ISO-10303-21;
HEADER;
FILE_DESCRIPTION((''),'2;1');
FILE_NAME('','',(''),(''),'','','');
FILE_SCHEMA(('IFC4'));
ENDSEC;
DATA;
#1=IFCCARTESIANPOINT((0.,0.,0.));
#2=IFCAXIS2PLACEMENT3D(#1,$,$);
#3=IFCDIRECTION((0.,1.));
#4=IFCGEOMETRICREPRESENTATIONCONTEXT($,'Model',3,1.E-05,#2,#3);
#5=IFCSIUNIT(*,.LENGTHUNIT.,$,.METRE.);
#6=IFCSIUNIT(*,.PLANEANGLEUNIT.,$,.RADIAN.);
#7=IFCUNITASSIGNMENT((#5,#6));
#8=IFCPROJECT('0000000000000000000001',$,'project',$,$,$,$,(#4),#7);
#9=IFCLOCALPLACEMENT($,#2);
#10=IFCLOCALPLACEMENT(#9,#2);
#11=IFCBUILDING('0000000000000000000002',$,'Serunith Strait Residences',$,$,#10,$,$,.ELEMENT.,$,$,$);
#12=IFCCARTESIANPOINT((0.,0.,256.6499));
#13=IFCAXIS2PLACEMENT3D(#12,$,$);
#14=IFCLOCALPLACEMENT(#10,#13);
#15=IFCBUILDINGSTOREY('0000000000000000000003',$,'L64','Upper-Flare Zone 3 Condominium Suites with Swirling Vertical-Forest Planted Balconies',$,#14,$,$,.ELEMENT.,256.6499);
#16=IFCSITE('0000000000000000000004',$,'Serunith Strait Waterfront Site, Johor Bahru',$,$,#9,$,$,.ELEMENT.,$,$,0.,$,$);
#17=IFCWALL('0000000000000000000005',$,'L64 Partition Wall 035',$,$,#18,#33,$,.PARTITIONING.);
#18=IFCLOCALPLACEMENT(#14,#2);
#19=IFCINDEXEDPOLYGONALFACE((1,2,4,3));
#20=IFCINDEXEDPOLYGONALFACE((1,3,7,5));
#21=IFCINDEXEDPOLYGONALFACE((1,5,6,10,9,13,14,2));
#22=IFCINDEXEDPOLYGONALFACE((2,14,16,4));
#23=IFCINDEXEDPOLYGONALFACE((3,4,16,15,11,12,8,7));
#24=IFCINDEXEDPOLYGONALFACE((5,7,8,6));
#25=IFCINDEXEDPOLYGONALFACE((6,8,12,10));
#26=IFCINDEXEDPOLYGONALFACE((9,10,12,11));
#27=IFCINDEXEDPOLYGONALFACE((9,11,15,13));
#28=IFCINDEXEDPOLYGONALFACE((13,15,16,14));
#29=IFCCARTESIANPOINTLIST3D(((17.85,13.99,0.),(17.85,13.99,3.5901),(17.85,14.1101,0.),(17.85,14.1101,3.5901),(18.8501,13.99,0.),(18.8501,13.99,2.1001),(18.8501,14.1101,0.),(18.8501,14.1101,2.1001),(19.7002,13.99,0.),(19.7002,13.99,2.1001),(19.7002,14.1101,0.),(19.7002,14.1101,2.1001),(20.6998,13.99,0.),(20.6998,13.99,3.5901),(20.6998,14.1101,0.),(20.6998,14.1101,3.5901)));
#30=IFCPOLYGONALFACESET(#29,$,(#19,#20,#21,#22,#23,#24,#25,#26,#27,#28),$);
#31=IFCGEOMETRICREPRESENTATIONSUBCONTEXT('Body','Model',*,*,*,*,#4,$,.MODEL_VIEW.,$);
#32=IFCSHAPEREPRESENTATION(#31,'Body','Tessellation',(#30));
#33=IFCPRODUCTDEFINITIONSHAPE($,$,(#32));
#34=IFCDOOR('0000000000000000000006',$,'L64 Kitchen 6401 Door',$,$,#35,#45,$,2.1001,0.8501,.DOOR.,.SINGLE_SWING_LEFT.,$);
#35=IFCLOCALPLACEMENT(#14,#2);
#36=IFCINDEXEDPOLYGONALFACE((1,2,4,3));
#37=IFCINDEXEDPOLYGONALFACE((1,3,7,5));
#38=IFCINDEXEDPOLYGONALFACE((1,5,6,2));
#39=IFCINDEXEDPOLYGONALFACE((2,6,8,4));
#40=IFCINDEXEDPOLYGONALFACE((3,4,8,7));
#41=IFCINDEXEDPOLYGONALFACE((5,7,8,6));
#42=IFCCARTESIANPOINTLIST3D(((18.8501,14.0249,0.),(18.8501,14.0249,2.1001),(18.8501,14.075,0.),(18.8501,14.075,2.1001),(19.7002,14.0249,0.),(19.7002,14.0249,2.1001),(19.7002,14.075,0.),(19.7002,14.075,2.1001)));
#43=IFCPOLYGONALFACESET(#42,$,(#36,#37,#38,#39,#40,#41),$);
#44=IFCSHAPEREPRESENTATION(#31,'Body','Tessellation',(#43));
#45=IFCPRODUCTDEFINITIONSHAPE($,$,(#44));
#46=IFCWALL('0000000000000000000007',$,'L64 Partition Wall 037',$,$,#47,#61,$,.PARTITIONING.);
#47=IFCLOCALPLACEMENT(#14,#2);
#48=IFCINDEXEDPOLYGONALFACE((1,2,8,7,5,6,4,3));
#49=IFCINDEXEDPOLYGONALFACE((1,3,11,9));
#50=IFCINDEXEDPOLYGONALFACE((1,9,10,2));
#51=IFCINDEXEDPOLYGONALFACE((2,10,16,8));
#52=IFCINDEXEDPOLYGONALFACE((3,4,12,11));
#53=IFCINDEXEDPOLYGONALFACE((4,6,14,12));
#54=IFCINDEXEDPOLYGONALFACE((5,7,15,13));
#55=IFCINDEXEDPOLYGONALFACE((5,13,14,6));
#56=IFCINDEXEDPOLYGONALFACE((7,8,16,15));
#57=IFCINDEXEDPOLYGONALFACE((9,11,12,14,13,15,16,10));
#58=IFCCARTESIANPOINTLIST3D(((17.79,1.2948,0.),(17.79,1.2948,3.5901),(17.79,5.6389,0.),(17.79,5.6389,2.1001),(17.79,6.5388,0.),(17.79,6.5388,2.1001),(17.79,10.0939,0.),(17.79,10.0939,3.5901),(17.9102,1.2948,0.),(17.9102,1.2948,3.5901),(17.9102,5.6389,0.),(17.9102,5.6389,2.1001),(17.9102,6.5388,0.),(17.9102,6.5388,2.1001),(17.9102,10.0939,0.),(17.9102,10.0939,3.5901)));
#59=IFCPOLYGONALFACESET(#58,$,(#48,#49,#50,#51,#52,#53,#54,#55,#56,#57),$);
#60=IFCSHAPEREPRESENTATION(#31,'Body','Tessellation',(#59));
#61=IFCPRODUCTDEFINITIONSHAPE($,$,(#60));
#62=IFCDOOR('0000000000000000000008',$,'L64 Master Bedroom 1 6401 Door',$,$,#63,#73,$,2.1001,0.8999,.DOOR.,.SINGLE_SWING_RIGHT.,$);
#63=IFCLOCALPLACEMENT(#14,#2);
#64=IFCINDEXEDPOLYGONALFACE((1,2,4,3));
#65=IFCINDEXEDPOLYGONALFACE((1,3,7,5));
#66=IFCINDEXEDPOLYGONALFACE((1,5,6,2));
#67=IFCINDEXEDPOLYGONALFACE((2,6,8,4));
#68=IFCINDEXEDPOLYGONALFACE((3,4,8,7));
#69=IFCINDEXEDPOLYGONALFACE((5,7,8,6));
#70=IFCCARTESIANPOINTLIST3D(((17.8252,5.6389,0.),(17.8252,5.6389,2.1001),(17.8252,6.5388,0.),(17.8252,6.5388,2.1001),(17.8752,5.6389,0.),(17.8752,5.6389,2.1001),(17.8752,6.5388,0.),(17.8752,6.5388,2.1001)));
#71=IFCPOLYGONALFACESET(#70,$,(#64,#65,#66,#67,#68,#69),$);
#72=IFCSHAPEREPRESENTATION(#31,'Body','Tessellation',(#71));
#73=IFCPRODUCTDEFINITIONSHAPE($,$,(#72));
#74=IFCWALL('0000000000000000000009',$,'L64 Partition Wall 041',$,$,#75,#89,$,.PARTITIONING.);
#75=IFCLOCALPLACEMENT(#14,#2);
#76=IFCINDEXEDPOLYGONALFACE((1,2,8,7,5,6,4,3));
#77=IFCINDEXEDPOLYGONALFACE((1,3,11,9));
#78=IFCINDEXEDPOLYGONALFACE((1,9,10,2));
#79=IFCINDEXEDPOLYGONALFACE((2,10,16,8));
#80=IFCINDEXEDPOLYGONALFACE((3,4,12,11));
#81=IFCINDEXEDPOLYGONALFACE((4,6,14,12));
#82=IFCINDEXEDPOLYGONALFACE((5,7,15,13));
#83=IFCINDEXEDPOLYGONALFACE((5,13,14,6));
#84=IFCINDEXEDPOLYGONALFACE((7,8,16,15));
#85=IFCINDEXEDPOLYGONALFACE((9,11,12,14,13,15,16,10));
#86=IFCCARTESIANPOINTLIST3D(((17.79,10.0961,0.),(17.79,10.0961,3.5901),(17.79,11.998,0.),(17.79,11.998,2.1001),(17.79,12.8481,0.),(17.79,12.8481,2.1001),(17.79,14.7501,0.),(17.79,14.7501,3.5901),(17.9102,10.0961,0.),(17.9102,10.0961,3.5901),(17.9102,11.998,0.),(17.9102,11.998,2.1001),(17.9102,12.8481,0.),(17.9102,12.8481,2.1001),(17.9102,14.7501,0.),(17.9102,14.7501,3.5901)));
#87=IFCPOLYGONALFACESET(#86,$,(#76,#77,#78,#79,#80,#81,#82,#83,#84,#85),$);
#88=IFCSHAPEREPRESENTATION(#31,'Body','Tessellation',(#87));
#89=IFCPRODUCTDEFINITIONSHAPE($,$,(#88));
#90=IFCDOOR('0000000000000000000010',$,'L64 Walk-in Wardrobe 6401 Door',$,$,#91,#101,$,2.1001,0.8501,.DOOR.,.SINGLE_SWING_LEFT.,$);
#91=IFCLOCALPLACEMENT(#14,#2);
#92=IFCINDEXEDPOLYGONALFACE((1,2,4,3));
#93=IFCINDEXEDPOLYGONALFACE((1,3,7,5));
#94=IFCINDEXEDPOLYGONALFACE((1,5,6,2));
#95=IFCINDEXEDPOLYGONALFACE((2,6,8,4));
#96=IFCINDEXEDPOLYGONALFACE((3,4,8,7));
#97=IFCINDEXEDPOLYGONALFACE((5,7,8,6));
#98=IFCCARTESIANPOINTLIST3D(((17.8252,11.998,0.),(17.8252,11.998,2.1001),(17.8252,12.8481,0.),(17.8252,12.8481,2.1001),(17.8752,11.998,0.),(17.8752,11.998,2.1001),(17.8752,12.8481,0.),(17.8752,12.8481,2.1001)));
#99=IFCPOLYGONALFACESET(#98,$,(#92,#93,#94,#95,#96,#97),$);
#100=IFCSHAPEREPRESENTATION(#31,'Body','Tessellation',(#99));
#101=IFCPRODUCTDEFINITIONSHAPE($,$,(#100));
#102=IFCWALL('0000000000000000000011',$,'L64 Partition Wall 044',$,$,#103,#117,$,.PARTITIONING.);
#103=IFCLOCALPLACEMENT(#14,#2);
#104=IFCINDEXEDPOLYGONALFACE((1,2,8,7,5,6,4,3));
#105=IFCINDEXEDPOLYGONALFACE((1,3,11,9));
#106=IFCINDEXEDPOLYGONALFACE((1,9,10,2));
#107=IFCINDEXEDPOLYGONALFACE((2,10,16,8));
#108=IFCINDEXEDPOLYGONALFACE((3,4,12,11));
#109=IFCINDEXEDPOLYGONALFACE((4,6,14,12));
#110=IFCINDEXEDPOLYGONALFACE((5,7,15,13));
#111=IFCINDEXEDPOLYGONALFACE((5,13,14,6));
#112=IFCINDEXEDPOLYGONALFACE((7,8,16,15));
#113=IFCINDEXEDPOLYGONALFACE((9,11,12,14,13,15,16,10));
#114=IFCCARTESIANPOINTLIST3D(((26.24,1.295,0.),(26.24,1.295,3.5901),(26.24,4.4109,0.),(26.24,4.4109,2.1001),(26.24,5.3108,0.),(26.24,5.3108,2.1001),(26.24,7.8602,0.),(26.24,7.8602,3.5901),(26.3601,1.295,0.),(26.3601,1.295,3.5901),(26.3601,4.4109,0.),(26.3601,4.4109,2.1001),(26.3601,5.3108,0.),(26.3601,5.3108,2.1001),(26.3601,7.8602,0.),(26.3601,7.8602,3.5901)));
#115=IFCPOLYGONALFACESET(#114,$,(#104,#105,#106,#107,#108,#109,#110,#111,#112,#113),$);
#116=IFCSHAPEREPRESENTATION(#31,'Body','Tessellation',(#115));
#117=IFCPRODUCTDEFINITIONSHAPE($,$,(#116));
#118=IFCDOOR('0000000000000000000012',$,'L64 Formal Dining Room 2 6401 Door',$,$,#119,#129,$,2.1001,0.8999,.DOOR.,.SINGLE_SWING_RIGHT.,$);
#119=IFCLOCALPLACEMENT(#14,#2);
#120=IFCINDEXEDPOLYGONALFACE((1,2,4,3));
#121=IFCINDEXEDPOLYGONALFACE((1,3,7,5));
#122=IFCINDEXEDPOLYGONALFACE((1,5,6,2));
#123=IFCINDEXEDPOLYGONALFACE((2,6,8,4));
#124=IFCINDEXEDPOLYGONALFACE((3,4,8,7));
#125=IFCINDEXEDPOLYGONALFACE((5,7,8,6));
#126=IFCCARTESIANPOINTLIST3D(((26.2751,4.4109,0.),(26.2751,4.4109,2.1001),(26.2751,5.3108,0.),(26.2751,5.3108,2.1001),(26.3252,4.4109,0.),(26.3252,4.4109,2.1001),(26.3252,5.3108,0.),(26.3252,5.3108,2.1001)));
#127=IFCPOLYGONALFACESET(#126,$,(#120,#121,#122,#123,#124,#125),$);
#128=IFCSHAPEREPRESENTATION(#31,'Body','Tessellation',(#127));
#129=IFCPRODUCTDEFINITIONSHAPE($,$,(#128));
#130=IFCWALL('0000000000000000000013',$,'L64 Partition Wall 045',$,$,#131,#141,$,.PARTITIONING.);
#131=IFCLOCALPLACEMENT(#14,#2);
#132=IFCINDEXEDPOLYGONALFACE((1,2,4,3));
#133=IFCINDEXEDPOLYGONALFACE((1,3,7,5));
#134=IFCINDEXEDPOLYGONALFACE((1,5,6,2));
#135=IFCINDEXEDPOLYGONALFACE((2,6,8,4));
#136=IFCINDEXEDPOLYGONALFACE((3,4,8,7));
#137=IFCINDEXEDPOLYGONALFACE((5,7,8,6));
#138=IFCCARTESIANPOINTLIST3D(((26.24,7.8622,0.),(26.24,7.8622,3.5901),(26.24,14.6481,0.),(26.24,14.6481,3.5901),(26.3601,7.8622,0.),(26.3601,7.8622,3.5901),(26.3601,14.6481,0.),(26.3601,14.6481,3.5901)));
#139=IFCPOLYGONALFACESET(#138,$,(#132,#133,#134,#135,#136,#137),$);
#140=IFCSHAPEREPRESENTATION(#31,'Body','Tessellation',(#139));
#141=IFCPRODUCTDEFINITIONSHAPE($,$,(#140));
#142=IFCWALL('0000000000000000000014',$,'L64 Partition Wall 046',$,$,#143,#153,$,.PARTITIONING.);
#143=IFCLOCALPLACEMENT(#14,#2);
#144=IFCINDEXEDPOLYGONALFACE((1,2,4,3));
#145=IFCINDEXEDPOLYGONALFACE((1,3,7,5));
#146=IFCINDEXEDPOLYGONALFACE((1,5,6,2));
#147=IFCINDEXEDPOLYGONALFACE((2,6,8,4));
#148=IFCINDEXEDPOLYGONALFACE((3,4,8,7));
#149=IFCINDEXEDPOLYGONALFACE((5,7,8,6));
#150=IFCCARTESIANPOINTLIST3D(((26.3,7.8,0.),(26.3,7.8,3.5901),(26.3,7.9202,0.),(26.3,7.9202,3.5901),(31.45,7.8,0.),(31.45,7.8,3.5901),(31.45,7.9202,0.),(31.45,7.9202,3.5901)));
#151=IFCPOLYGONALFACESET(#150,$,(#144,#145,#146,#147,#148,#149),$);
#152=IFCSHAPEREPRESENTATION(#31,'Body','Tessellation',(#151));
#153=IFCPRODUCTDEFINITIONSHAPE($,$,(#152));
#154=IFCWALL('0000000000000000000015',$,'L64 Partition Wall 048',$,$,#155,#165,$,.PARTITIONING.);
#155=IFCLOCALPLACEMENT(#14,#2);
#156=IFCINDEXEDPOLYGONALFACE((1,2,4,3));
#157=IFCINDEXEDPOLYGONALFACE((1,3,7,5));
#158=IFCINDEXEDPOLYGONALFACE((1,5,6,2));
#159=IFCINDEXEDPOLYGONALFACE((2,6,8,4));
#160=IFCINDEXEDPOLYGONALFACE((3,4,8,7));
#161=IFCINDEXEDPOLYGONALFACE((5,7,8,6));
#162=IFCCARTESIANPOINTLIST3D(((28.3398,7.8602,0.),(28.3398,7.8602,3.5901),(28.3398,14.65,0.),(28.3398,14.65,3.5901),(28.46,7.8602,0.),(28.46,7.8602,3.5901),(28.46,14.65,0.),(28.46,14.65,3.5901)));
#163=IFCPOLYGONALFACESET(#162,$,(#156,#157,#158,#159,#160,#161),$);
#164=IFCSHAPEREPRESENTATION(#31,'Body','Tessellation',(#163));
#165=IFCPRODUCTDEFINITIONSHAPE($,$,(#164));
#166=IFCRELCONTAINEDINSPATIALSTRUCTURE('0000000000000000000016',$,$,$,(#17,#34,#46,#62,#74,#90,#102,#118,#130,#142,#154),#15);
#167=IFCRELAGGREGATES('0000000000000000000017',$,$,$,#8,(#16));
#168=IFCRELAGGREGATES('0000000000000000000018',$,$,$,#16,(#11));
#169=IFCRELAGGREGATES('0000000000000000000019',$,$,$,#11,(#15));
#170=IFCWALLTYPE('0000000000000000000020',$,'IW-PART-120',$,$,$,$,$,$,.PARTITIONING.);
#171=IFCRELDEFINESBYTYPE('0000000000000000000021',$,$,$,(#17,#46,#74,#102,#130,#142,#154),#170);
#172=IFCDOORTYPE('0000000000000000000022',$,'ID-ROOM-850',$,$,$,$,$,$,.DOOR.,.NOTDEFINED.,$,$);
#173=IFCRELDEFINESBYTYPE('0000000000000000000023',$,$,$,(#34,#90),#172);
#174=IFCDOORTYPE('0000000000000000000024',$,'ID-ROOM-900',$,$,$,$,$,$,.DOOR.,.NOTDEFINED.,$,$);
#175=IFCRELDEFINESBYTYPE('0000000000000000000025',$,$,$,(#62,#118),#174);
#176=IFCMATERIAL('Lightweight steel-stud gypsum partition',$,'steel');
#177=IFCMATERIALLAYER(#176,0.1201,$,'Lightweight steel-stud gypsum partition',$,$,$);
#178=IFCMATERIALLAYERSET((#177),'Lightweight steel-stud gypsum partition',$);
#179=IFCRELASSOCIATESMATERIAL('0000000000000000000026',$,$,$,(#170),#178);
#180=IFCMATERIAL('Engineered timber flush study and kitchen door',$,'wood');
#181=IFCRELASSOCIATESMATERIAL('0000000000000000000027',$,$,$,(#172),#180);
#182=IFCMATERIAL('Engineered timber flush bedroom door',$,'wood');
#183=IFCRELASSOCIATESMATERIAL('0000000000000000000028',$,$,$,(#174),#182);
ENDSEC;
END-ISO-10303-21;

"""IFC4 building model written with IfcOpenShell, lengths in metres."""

from ifc_helpers import new_model, si_unit, direction, frame, frame_2d, origin, place, context, subcontext, project, spatial, rectangle, extrude, source, transform, mapped, material, layer, layer_set, type_object, element, fill, save


model = new_model("IFC4")

# Units and contexts
model_context = context("Model", 3, precision=1e-05, world=origin(), true_north=direction((0.0, 1.0)))
body_context = subcontext(model_context, "Body", "Model", "MODEL_VIEW")
ifc_project = project(units=[si_unit("LENGTHUNIT", "METRE"), si_unit("PLANEANGLEUNIT", "RADIAN")], contexts=[model_context])

# Site, building, storey
site_placement = place(None, origin())
site = spatial("IfcSite", under=ifc_project, at=site_placement, Name="Serunith Strait Waterfront Site, Johor Bahru", CompositionType="ELEMENT", RefElevation=0.0)
building_placement = place(site_placement, origin())
building = spatial("IfcBuilding", under=site, at=building_placement, Name="Serunith Strait Residences", CompositionType="ELEMENT")
storey_placement = place(building_placement, frame((0.0, 0.0, 256.6499)))
storey = spatial("IfcBuildingStorey", under=building, at=storey_placement, Name="L64", Description="Upper-Flare Zone 3 Condominium Suites with Swirling Vertical-Forest Planted Balconies", CompositionType="ELEMENT", Elevation=256.6499)

# Walls, openings, doors
ifc_material_1 = material(Name="Lightweight steel-stud gypsum partition", Category="steel")
ifc_layer_1 = layer(ifc_material_1, 0.1201, Name="Lightweight steel-stud gypsum partition")
ifc_layer_set_1 = layer_set([ifc_layer_1], Name="Lightweight steel-stud gypsum partition")
wall_type = type_object("IfcWallType", Name="IW-PART-120", PredefinedType="PARTITIONING", material=ifc_layer_set_1)
wall_1_placement = place(storey_placement, frame((17.8501, 14.05, 0.0), z_axis=(0.0, 0.0, 1.0), x_axis=(1.0, 0.0, 0.0)))
wall_1 = element("IfcWall", 1, at=wall_1_placement, inside=storey, type_object=wall_type, Name="L64 Partition Wall 035", PredefinedType="PARTITIONING", context=body_context, shape_type="SweptSolid", body=[
    extrude(rectangle(XDim=2.8499, YDim=0.1201, at=frame_2d((1.4248, 0.0))), origin(), (0.0, 0.0, 1.0), 3.5901),
])
opening_1_placement = place(wall_1_placement, frame((1.0, 0.0, 0.0)))
opening_1 = element("IfcOpeningElement", 2, at=opening_1_placement, cuts=wall_1, PredefinedType="OPENING", context=body_context, shape_type="SweptSolid", body=[
    extrude(rectangle(XDim=0.8501, YDim=2.1001, at=frame_2d((0.425, 1.05))), frame((0.0, 0.0701, 0.0), z_axis=(0.0, -1.0, 0.0), x_axis=(1.0, 0.0, 0.0)), (0.0, 0.0, 1.0), 0.1401),
])
ifc_material_2 = material(Name="Engineered timber flush study and kitchen door", Category="wood")
door_type_1 = type_object("IfcDoorType", Name="ID-ROOM-850", OperationType="NOTDEFINED", PredefinedType="DOOR", material=ifc_material_2)
shared_shape_1 = source(origin(), body_context, "Body", "SweptSolid", [
    extrude(rectangle(XDim=0.8501, YDim=2.1001, at=frame_2d((0.425, 1.05))), frame((0.0, 0.0249, 0.0), z_axis=(0.0, -1.0, 0.0), x_axis=(1.0, 0.0, 0.0)), (0.0, 0.0, 1.0), 0.05),
])
door_1_placement = place(opening_1_placement, origin())
door_1 = element("IfcDoor", 3, at=door_1_placement, inside=storey, type_object=door_type_1, Name="L64 Kitchen 6401 Door", OperationType="SINGLE_SWING_LEFT", OverallHeight=2.1001, OverallWidth=0.8501, PredefinedType="DOOR", context=body_context, shape_type="MappedRepresentation", body=[
    mapped(shared_shape_1, transform((0.0, 0.0, 0.0), scale=1.0)),
])
fill(opening_1, door_1)
wall_2_placement = place(storey_placement, frame((17.8501, 1.2949, 0.0), z_axis=(0.0, 0.0, 1.0), x_axis=(0.0, 1.0, 0.0)))
wall_2 = element("IfcWall", 4, at=wall_2_placement, inside=storey, type_object=wall_type, Name="L64 Partition Wall 037", PredefinedType="PARTITIONING", context=body_context, shape_type="SweptSolid", body=[
    extrude(rectangle(XDim=8.7991, YDim=0.1201, at=frame_2d((4.3994, 0.0))), origin(), (0.0, 0.0, 1.0), 3.5901),
])
opening_2_placement = place(wall_2_placement, frame((4.344, 0.0, 0.0)))
opening_2 = element("IfcOpeningElement", 5, at=opening_2_placement, cuts=wall_2, PredefinedType="OPENING", context=body_context, shape_type="SweptSolid", body=[
    extrude(rectangle(XDim=0.8999, YDim=2.1001, at=frame_2d((0.45, 1.05))), frame((0.0, 0.0701, 0.0), z_axis=(0.0, -1.0, 0.0), x_axis=(1.0, 0.0, 0.0)), (0.0, 0.0, 1.0), 0.1401),
])
ifc_material_3 = material(Name="Engineered timber flush bedroom door", Category="wood")
door_type_2 = type_object("IfcDoorType", Name="ID-ROOM-900", OperationType="NOTDEFINED", PredefinedType="DOOR", material=ifc_material_3)
shared_shape_2 = source(origin(), body_context, "Body", "SweptSolid", [
    extrude(rectangle(XDim=0.8999, YDim=2.1001, at=frame_2d((0.45, 1.05))), frame((0.0, 0.0249, 0.0), z_axis=(0.0, -1.0, 0.0), x_axis=(1.0, 0.0, 0.0)), (0.0, 0.0, 1.0), 0.05),
])
door_2_placement = place(opening_2_placement, origin())
door_2 = element("IfcDoor", 6, at=door_2_placement, inside=storey, type_object=door_type_2, Name="L64 Master Bedroom 1 6401 Door", OperationType="SINGLE_SWING_RIGHT", OverallHeight=2.1001, OverallWidth=0.8999, PredefinedType="DOOR", context=body_context, shape_type="MappedRepresentation", body=[
    mapped(shared_shape_2, transform((0.0, 0.0, 0.0), scale=1.0)),
])
fill(opening_2, door_2)
wall_3_placement = place(storey_placement, frame((17.8501, 10.0959, 0.0), z_axis=(0.0, 0.0, 1.0), x_axis=(0.0, 1.0, 0.0)))
wall_3 = element("IfcWall", 7, at=wall_3_placement, inside=storey, type_object=wall_type, Name="L64 Partition Wall 041", PredefinedType="PARTITIONING", context=body_context, shape_type="SweptSolid", body=[
    extrude(rectangle(XDim=4.6541, YDim=0.1201, at=frame_2d((2.3271, 0.0))), origin(), (0.0, 0.0, 1.0), 3.5901),
])
opening_3_placement = place(wall_3_placement, frame((1.9021, 0.0, 0.0)))
opening_3 = element("IfcOpeningElement", 8, at=opening_3_placement, cuts=wall_3, PredefinedType="OPENING", context=body_context, shape_type="SweptSolid", body=[
    extrude(rectangle(XDim=0.8501, YDim=2.1001, at=frame_2d((0.425, 1.05))), frame((0.0, 0.0701, 0.0), z_axis=(0.0, -1.0, 0.0), x_axis=(1.0, 0.0, 0.0)), (0.0, 0.0, 1.0), 0.1401),
])
door_3_placement = place(opening_3_placement, origin())
door_3 = element("IfcDoor", 9, at=door_3_placement, inside=storey, type_object=door_type_1, Name="L64 Walk-in Wardrobe 6401 Door", OperationType="SINGLE_SWING_LEFT", OverallHeight=2.1001, OverallWidth=0.8501, PredefinedType="DOOR", context=body_context, shape_type="MappedRepresentation", body=[
    mapped(shared_shape_1, transform((0.0, 0.0, 0.0), scale=1.0)),
])
fill(opening_3, door_3)
wall_4_placement = place(storey_placement, frame((26.3, 1.2949, 0.0), z_axis=(0.0, 0.0, 1.0), x_axis=(0.0, 1.0, 0.0)))
wall_4 = element("IfcWall", 10, at=wall_4_placement, inside=storey, type_object=wall_type, Name="L64 Partition Wall 044", PredefinedType="PARTITIONING", context=body_context, shape_type="SweptSolid", body=[
    extrude(rectangle(XDim=6.5652, YDim=0.1201, at=frame_2d((3.2827, 0.0))), origin(), (0.0, 0.0, 1.0), 3.5901),
])
opening_4_placement = place(wall_4_placement, frame((3.116, 0.0, 0.0)))
opening_4 = element("IfcOpeningElement", 11, at=opening_4_placement, cuts=wall_4, PredefinedType="OPENING", context=body_context, shape_type="SweptSolid", body=[
    extrude(rectangle(XDim=0.8999, YDim=2.1001, at=frame_2d((0.45, 1.05))), frame((0.0, 0.0701, 0.0), z_axis=(0.0, -1.0, 0.0), x_axis=(1.0, 0.0, 0.0)), (0.0, 0.0, 1.0), 0.1401),
])
door_4_placement = place(opening_4_placement, origin())
door_4 = element("IfcDoor", 12, at=door_4_placement, inside=storey, type_object=door_type_2, Name="L64 Formal Dining Room 2 6401 Door", OperationType="SINGLE_SWING_RIGHT", OverallHeight=2.1001, OverallWidth=0.8999, PredefinedType="DOOR", context=body_context, shape_type="MappedRepresentation", body=[
    mapped(shared_shape_2, transform((0.0, 0.0, 0.0), scale=1.0)),
])
fill(opening_4, door_4)

# Walls
wall_5_placement = place(storey_placement, frame((26.3, 7.8621, 0.0), z_axis=(0.0, 0.0, 1.0), x_axis=(0.0, 1.0, 0.0)))
element("IfcWall", 13, at=wall_5_placement, inside=storey, type_object=wall_type, Name="L64 Partition Wall 045", PredefinedType="PARTITIONING", context=body_context, shape_type="SweptSolid", body=[
    extrude(rectangle(XDim=6.7859, YDim=0.1201, at=frame_2d((3.3931, 0.0))), origin(), (0.0, 0.0, 1.0), 3.5901),
])
wall_6_placement = place(storey_placement, frame((26.3, 7.8601, 0.0), z_axis=(0.0, 0.0, 1.0), x_axis=(1.0, 0.0, 0.0)))
element("IfcWall", 14, at=wall_6_placement, inside=storey, type_object=wall_type, Name="L64 Partition Wall 046", PredefinedType="PARTITIONING", context=body_context, shape_type="SweptSolid", body=[
    extrude(rectangle(XDim=5.1499, YDim=0.1201, at=frame_2d((2.575, 0.0))), origin(), (0.0, 0.0, 1.0), 3.5901),
])
wall_7_placement = place(storey_placement, frame((28.3999, 7.8601, 0.0), z_axis=(0.0, 0.0, 1.0), x_axis=(0.0, 1.0, 0.0)))
element("IfcWall", 15, at=wall_7_placement, inside=storey, type_object=wall_type, Name="L64 Partition Wall 048", PredefinedType="PARTITIONING", context=body_context, shape_type="SweptSolid", body=[
    extrude(rectangle(XDim=6.7898, YDim=0.1201, at=frame_2d((3.395, 0.0))), origin(), (0.0, 0.0, 1.0), 3.5901),
])

save(model, "model.ifc")
